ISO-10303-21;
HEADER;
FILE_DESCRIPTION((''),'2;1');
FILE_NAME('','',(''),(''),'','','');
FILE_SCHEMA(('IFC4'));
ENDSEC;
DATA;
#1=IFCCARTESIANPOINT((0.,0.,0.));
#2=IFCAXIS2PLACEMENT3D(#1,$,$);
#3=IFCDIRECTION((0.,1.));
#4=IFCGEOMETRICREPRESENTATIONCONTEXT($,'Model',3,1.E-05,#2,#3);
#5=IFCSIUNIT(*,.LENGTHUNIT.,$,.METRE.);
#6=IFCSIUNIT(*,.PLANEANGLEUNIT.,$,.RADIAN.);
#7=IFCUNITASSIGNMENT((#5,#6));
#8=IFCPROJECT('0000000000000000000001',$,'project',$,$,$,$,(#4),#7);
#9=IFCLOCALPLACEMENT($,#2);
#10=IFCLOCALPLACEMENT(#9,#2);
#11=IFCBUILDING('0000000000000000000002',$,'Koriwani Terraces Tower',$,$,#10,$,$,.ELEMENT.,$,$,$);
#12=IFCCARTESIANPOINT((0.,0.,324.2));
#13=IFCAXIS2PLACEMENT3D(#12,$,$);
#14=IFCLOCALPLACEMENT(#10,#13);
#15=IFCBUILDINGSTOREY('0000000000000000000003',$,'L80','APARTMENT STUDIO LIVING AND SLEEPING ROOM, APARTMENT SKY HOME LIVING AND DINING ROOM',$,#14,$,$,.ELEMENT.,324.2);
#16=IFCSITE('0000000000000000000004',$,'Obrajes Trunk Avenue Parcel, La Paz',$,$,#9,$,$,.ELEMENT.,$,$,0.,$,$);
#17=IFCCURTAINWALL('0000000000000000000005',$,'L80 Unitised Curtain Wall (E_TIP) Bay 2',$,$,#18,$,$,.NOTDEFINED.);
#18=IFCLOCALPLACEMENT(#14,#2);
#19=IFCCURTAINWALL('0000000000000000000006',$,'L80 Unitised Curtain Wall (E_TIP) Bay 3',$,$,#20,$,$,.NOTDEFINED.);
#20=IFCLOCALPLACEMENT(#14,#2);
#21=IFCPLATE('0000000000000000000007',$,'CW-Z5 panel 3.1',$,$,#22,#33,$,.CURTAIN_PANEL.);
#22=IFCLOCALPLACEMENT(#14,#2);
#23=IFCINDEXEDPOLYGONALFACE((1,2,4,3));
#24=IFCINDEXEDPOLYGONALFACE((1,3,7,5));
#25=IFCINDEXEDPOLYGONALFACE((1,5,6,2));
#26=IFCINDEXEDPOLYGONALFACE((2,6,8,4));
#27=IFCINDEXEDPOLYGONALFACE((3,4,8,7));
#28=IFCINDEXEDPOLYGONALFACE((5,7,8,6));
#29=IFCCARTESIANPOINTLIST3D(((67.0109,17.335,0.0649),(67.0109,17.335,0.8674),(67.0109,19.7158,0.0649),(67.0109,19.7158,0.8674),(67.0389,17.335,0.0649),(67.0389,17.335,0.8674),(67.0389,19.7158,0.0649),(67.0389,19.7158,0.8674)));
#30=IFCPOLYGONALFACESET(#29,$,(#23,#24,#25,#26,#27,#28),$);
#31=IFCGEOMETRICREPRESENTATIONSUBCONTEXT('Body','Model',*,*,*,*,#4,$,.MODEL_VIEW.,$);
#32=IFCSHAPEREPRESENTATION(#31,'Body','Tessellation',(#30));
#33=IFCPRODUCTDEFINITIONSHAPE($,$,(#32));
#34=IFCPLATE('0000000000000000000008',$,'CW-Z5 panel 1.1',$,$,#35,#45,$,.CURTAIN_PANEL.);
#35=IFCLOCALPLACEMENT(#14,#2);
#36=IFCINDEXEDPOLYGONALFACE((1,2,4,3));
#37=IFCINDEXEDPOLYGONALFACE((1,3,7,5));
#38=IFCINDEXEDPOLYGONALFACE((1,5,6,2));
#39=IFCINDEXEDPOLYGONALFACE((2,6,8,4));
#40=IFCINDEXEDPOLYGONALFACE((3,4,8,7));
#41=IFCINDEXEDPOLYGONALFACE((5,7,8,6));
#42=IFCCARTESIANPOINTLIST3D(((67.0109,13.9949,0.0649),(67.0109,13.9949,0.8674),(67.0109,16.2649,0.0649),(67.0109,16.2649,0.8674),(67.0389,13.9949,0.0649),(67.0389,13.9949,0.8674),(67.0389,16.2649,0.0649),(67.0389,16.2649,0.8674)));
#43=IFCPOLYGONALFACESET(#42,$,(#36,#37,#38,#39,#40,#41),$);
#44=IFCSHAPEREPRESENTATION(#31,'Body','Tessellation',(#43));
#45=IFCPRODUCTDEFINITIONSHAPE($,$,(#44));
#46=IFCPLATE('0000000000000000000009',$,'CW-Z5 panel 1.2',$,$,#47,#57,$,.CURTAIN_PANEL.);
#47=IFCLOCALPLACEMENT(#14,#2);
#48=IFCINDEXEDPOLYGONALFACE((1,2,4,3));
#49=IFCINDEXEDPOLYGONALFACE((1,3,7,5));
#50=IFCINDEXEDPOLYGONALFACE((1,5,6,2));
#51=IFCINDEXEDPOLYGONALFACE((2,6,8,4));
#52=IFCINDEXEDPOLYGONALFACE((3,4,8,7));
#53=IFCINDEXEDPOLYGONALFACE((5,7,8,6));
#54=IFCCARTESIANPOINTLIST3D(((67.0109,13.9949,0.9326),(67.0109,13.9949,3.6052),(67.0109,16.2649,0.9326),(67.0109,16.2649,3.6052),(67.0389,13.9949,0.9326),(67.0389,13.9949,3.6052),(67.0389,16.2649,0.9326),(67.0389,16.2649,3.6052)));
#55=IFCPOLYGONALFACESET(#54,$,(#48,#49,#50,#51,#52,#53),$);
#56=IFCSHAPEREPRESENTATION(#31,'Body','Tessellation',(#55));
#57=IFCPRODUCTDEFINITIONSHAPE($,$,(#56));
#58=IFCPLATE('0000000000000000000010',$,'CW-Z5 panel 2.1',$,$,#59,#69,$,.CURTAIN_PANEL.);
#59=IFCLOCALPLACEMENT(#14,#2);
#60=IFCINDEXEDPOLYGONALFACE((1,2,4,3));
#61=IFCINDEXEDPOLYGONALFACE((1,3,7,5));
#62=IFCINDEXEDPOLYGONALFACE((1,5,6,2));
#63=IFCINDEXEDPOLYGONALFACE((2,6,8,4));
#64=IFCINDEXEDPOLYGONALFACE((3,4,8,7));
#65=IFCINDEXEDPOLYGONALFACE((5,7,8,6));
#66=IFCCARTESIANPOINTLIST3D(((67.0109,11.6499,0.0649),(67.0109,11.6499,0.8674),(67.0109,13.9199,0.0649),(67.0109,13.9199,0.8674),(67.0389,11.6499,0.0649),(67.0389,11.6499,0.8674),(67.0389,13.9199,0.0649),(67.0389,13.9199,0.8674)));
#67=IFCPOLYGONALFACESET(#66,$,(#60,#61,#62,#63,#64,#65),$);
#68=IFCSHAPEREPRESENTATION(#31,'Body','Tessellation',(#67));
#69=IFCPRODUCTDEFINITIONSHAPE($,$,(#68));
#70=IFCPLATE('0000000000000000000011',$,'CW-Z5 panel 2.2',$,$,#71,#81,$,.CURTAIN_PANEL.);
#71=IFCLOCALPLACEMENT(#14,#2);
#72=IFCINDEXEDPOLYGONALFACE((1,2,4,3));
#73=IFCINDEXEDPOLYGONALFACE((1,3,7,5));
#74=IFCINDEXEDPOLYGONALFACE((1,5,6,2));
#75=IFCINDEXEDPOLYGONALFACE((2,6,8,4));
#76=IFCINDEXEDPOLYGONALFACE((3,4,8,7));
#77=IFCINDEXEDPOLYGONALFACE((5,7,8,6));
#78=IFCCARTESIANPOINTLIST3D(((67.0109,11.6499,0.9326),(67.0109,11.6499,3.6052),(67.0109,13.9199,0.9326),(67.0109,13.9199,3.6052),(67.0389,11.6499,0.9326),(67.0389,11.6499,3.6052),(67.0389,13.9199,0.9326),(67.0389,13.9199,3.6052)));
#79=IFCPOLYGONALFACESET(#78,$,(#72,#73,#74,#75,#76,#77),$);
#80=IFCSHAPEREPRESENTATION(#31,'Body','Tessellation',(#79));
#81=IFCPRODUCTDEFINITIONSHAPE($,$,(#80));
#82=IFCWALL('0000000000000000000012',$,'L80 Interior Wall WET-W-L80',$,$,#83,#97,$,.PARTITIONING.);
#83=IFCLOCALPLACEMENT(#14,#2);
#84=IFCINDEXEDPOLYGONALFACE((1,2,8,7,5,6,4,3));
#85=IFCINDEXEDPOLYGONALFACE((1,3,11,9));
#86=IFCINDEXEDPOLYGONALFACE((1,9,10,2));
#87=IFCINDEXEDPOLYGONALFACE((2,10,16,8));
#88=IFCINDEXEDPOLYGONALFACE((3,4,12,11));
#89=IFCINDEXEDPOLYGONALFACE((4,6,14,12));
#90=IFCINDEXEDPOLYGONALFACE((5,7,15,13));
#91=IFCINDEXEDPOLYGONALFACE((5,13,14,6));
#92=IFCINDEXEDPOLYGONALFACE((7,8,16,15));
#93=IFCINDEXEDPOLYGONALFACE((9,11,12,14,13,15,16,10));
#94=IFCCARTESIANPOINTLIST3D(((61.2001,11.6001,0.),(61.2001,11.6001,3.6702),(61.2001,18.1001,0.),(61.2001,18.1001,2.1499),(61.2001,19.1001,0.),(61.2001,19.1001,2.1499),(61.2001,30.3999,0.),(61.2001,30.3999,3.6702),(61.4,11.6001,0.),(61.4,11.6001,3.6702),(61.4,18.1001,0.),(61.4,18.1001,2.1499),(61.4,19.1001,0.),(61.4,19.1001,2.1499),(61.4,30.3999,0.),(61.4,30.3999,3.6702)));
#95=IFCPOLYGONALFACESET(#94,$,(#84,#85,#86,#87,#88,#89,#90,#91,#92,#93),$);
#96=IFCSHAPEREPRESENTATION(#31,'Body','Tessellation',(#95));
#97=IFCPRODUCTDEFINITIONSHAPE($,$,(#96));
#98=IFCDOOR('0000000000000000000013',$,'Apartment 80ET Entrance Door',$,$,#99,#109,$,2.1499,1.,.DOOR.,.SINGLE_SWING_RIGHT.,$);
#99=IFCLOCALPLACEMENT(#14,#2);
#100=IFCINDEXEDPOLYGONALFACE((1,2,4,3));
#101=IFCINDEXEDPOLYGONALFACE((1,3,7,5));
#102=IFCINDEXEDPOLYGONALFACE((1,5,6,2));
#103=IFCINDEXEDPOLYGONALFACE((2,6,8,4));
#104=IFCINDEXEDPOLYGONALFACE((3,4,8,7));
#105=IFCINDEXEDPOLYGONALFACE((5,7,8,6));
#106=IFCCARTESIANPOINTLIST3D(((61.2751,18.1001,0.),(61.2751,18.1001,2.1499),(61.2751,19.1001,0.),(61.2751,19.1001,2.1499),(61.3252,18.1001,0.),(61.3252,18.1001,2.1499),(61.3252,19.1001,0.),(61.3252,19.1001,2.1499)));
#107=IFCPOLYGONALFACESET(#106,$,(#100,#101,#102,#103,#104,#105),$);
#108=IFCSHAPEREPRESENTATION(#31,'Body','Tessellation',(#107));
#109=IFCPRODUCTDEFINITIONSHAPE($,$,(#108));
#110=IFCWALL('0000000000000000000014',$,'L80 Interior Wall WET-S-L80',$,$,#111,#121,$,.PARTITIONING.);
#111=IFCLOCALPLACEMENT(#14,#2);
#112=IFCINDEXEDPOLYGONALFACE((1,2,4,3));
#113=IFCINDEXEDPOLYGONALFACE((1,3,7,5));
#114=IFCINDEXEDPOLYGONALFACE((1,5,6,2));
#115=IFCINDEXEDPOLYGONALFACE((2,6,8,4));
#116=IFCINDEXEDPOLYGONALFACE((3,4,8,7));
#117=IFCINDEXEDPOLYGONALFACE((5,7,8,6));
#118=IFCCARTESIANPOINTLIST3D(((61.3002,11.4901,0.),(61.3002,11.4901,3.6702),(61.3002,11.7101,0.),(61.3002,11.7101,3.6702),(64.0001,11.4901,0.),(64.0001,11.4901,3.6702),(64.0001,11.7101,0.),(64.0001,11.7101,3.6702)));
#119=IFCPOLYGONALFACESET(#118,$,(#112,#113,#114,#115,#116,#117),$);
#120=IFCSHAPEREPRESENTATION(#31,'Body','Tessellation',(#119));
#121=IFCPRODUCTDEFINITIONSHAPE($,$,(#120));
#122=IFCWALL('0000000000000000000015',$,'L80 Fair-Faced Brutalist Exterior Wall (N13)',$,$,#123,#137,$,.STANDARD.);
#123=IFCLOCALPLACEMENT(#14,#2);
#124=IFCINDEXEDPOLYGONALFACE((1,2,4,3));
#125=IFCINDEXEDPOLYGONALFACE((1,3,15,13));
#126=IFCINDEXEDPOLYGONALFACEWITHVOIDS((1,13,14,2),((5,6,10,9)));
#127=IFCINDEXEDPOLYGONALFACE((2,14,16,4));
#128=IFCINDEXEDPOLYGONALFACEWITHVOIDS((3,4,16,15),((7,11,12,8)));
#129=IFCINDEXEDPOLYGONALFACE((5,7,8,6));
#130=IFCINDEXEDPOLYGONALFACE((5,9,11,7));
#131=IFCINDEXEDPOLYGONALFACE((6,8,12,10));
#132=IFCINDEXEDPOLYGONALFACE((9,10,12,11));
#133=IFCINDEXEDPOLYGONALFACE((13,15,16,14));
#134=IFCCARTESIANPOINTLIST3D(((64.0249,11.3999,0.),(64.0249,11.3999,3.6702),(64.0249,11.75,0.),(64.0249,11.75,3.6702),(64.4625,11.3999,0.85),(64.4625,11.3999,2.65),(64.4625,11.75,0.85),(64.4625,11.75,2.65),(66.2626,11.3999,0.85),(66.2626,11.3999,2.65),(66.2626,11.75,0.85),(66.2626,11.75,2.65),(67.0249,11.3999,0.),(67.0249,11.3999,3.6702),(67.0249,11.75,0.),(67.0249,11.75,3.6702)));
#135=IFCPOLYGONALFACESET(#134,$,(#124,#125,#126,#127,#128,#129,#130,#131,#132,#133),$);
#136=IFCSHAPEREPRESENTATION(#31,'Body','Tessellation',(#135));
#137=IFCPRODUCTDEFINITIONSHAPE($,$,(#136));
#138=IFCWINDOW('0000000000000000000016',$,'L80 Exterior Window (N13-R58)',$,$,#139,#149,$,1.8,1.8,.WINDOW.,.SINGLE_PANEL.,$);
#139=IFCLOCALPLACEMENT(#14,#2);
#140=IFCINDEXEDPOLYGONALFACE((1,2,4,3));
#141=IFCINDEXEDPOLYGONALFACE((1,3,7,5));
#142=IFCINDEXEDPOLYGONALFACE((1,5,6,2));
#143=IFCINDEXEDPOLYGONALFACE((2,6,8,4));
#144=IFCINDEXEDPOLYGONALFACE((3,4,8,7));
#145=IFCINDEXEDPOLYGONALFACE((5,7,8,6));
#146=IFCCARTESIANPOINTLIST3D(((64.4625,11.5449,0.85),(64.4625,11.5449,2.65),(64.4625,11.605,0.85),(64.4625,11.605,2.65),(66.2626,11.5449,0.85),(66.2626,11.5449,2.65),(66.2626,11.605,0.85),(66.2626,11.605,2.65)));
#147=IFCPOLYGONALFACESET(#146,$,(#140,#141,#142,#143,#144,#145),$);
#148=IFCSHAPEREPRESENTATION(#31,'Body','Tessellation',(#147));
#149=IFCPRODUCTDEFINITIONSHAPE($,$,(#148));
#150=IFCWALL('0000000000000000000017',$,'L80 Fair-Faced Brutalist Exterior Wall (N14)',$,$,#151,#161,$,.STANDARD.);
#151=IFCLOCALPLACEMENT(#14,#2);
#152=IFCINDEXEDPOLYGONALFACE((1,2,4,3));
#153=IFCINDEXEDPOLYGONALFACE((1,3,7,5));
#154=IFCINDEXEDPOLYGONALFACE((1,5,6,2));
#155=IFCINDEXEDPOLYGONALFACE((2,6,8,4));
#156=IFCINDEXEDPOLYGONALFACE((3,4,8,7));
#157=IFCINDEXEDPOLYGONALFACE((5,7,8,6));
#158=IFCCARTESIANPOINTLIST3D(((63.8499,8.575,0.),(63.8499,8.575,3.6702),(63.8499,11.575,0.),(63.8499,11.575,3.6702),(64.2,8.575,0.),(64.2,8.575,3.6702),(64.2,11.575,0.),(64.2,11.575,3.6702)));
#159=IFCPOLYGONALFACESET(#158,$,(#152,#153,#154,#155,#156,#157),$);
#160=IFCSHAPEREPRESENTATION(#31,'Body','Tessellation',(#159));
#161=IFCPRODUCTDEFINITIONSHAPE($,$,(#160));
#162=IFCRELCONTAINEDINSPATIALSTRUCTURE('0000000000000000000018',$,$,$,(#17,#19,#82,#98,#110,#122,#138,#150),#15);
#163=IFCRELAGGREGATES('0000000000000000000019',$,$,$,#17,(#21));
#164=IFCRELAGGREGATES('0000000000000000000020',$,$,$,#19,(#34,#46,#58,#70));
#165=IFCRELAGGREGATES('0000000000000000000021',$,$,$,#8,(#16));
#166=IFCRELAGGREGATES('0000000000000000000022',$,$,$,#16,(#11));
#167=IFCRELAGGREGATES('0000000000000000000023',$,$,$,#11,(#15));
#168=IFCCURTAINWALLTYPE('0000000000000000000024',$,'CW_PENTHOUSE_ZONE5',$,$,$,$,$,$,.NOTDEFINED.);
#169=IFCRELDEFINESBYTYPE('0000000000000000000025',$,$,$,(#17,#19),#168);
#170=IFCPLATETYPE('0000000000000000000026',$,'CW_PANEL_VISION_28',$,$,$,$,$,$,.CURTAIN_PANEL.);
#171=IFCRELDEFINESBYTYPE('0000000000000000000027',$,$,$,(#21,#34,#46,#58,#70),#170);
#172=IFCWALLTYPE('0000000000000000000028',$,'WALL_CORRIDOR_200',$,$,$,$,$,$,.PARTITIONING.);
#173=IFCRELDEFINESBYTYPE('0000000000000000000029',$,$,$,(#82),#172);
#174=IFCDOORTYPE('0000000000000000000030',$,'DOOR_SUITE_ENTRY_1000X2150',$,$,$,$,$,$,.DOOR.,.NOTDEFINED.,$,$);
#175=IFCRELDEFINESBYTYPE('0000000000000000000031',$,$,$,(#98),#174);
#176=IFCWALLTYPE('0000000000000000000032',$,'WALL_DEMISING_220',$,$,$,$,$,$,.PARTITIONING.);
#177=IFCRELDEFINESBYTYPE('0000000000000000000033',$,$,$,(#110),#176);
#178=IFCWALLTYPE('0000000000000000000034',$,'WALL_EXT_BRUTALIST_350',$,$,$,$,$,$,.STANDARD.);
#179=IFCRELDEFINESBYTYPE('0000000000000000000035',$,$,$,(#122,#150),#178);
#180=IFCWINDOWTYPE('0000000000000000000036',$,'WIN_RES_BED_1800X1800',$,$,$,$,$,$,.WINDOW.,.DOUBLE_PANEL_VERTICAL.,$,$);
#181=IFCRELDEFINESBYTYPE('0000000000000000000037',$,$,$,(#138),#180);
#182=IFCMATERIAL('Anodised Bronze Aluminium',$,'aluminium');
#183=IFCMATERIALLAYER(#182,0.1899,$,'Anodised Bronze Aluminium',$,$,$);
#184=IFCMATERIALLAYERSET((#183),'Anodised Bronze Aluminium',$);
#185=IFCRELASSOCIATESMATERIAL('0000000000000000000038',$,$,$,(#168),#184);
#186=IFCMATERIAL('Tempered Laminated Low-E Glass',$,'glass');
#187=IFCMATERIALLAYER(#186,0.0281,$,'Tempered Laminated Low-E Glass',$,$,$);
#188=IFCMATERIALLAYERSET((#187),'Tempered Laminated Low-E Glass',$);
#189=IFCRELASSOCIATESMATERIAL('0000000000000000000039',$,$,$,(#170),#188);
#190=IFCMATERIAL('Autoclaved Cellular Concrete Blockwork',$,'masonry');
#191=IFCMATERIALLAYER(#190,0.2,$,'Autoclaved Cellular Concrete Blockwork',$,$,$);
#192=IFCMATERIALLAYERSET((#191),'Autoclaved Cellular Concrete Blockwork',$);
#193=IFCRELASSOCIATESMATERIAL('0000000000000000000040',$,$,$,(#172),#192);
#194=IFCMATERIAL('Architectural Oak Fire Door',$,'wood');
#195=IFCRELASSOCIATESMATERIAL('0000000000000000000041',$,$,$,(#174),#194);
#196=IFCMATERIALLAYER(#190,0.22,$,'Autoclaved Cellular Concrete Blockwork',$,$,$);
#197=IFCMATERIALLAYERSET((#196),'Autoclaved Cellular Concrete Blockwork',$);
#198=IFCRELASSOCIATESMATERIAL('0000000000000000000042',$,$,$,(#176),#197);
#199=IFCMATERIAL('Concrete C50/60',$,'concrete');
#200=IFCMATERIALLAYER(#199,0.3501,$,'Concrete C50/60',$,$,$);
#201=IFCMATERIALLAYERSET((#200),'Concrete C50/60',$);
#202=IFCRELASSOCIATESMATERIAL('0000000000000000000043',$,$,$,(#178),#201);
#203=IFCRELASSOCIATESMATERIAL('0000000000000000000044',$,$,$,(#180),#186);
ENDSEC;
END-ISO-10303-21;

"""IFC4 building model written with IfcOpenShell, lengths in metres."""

from ifc_helpers import new_model, si_unit, direction, frame, frame_2d, origin, origin_2d, place, context, subcontext, project, spatial, rectangle, extrude, material, layer, layer_set, type_object, element, fill, aggregate, save


model = new_model("IFC4")

# Units and contexts
model_context = context("Model", 3, precision=1e-05, world=origin(), true_north=direction((0.0, 1.0)))
body_context = subcontext(model_context, "Body", "Model", "MODEL_VIEW")
ifc_project = project(units=[si_unit("LENGTHUNIT", "METRE"), si_unit("PLANEANGLEUNIT", "RADIAN")], contexts=[model_context])

# Site, building, storey
site_placement = place(None, origin())
site = spatial("IfcSite", under=ifc_project, at=site_placement, Name="Obrajes Trunk Avenue Parcel, La Paz", CompositionType="ELEMENT", RefElevation=0.0)
building_placement = place(site_placement, origin())
building = spatial("IfcBuilding", under=site, at=building_placement, Name="Koriwani Terraces Tower", CompositionType="ELEMENT")
storey_placement = place(building_placement, frame((0.0, 0.0, 324.2)))
storey = spatial("IfcBuildingStorey", under=building, at=storey_placement, Name="L80", Description="APARTMENT STUDIO LIVING AND SLEEPING ROOM, APARTMENT SKY HOME LIVING AND DINING ROOM", CompositionType="ELEMENT", Elevation=324.2)

# Shared definitions
ifc_material_1 = material(Name="Concrete C50/60", Category="concrete")

# Curtain wall
ifc_material_2 = material(Name="Anodised Bronze Aluminium", Category="aluminium")
ifc_layer_1 = layer(ifc_material_2, 0.1899, Name="Anodised Bronze Aluminium")
ifc_layer_set_1 = layer_set([ifc_layer_1], Name="Anodised Bronze Aluminium")
curtain_wall_type = type_object("IfcCurtainWallType", Name="CW_PENTHOUSE_ZONE5", PredefinedType="NOTDEFINED", material=ifc_layer_set_1)
curtain_wall_1_placement = place(storey_placement, origin())
curtain_wall_1 = element("IfcCurtainWall", 1, at=curtain_wall_1_placement, inside=storey, type_object=curtain_wall_type, Name="L80 Unitised Curtain Wall (E_TIP) Bay 2", PredefinedType="NOTDEFINED")

# Curtain wall
curtain_wall_2_placement = place(storey_placement, origin())
curtain_wall_2 = element("IfcCurtainWall", 2, at=curtain_wall_2_placement, inside=storey, type_object=curtain_wall_type, Name="L80 Unitised Curtain Wall (E_TIP) Bay 3", PredefinedType="NOTDEFINED")

# Plates
ifc_material_3 = material(Name="Tempered Laminated Low-E Glass", Category="glass")
ifc_layer_2 = layer(ifc_material_3, 0.0281, Name="Tempered Laminated Low-E Glass")
ifc_layer_set_2 = layer_set([ifc_layer_2], Name="Tempered Laminated Low-E Glass")
plate_type = type_object("IfcPlateType", Name="CW_PANEL_VISION_28", PredefinedType="CURTAIN_PANEL", material=ifc_layer_set_2)
plate_1_placement = place(storey_placement, frame((67.0249, 18.5254, 0.0649), z_axis=(0.0, 0.0, 1.0), x_axis=(0.0, -1.0, 0.0)))
plate_1 = element("IfcPlate", 3, at=plate_1_placement, type_object=plate_type, Name="CW-Z5 panel 3.1", PredefinedType="CURTAIN_PANEL", context=body_context, shape_type="SweptSolid", body=[
    extrude(rectangle(XDim=2.3809, YDim=0.0281, at=origin_2d()), origin(), (0.0, 0.0, 1.0), 0.8025),
])
aggregate(curtain_wall_1, [plate_1])
plate_2_placement = place(storey_placement, frame((67.0249, 15.1299, 0.0649), z_axis=(0.0, 0.0, 1.0), x_axis=(0.0, -1.0, 0.0)))
plate_2 = element("IfcPlate", 4, at=plate_2_placement, type_object=plate_type, Name="CW-Z5 panel 1.1", PredefinedType="CURTAIN_PANEL", context=body_context, shape_type="SweptSolid", body=[
    extrude(rectangle(XDim=2.27, YDim=0.0281, at=origin_2d()), origin(), (0.0, 0.0, 1.0), 0.8025),
])
plate_3_placement = place(storey_placement, frame((67.0249, 15.1299, 0.9326), z_axis=(0.0, 0.0, 1.0), x_axis=(0.0, -1.0, 0.0)))
plate_3 = element("IfcPlate", 5, at=plate_3_placement, type_object=plate_type, Name="CW-Z5 panel 1.2", PredefinedType="CURTAIN_PANEL", context=body_context, shape_type="SweptSolid", body=[
    extrude(rectangle(XDim=2.27, YDim=0.0281, at=origin_2d()), origin(), (0.0, 0.0, 1.0), 2.6726),
])
plate_4_placement = place(storey_placement, frame((67.0249, 12.7849, 0.0649), z_axis=(0.0, 0.0, 1.0), x_axis=(0.0, -1.0, 0.0)))
plate_4 = element("IfcPlate", 6, at=plate_4_placement, type_object=plate_type, Name="CW-Z5 panel 2.1", PredefinedType="CURTAIN_PANEL", context=body_context, shape_type="SweptSolid", body=[
    extrude(rectangle(XDim=2.27, YDim=0.0281, at=origin_2d()), origin(), (0.0, 0.0, 1.0), 0.8025),
])
plate_5_placement = place(storey_placement, frame((67.0249, 12.7849, 0.9326), z_axis=(0.0, 0.0, 1.0), x_axis=(0.0, -1.0, 0.0)))
plate_5 = element("IfcPlate", 7, at=plate_5_placement, type_object=plate_type, Name="CW-Z5 panel 2.2", PredefinedType="CURTAIN_PANEL", context=body_context, shape_type="SweptSolid", body=[
    extrude(rectangle(XDim=2.27, YDim=0.0281, at=origin_2d()), origin(), (0.0, 0.0, 1.0), 2.6726),
])
aggregate(curtain_wall_2, [plate_2, plate_3, plate_4, plate_5])

# Wall, opening, door
ifc_material_4 = material(Name="Autoclaved Cellular Concrete Blockwork", Category="masonry")
ifc_layer_3 = layer(ifc_material_4, 0.2, Name="Autoclaved Cellular Concrete Blockwork")
ifc_layer_set_3 = layer_set([ifc_layer_3], Name="Autoclaved Cellular Concrete Blockwork")
wall_type_1 = type_object("IfcWallType", Name="WALL_CORRIDOR_200", PredefinedType="PARTITIONING", material=ifc_layer_set_3)
wall_1_placement = place(storey_placement, frame((61.3, 11.6001, 0.0), z_axis=(0.0, 0.0, 1.0), x_axis=(0.0, 1.0, 0.0)))
wall_1 = element("IfcWall", 8, at=wall_1_placement, inside=storey, type_object=wall_type_1, Name="L80 Interior Wall WET-W-L80", PredefinedType="PARTITIONING", context=body_context, shape_type="SweptSolid", body=[
    extrude(rectangle(XDim=18.7998, YDim=0.2, at=frame_2d((9.3999, 0.0))), origin(), (0.0, 0.0, 1.0), 3.6702),
])
opening_1_placement = place(wall_1_placement, frame((6.5, 0.0, 0.0)))
opening_1 = element("IfcOpeningElement", 9, at=opening_1_placement, cuts=wall_1, PredefinedType="OPENING", context=body_context, shape_type="SweptSolid", body=[
    extrude(rectangle(XDim=1.0, YDim=2.1499, at=frame_2d((0.5, 1.075))), frame((0.0, 0.1099, 0.0), z_axis=(0.0, -1.0, 0.0), x_axis=(1.0, 0.0, 0.0)), (0.0, 0.0, 1.0), 0.22),
])
ifc_material_5 = material(Name="Architectural Oak Fire Door", Category="wood")
door_type_1 = type_object("IfcDoorType", Name="DOOR_SUITE_ENTRY_1000X2150", OperationType="NOTDEFINED", PredefinedType="DOOR", material=ifc_material_5)
door_1_placement = place(opening_1_placement, origin())
door_1 = element("IfcDoor", 10, at=door_1_placement, inside=storey, type_object=door_type_1, Name="Apartment 80ET Entrance Door", OperationType="SINGLE_SWING_RIGHT", OverallHeight=2.1499, OverallWidth=1.0, PredefinedType="DOOR", context=body_context, shape_type="SweptSolid", body=[
    extrude(rectangle(XDim=1.0, YDim=2.1499, at=frame_2d((0.5, 1.075))), frame((0.0, 0.0249, 0.0), z_axis=(0.0, -1.0, 0.0), x_axis=(1.0, 0.0, 0.0)), (0.0, 0.0, 1.0), 0.05),
])
fill(opening_1, door_1)

# Wall
ifc_layer_4 = layer(ifc_material_4, 0.22, Name="Autoclaved Cellular Concrete Blockwork")
ifc_layer_set_4 = layer_set([ifc_layer_4], Name="Autoclaved Cellular Concrete Blockwork")
wall_type_2 = type_object("IfcWallType", Name="WALL_DEMISING_220", PredefinedType="PARTITIONING", material=ifc_layer_set_4)
wall_2_placement = place(storey_placement, frame((61.3, 11.6001, 0.0), z_axis=(0.0, 0.0, 1.0), x_axis=(1.0, 0.0, 0.0)))
element("IfcWall", 11, at=wall_2_placement, inside=storey, type_object=wall_type_2, Name="L80 Interior Wall WET-S-L80", PredefinedType="PARTITIONING", context=body_context, shape_type="SweptSolid", body=[
    extrude(rectangle(XDim=2.7, YDim=0.22, at=frame_2d((1.3501, 0.0))), origin(), (0.0, 0.0, 1.0), 3.6702),
])

# Wall, opening, window
ifc_layer_5 = layer(ifc_material_1, 0.3501, Name="Concrete C50/60")
ifc_layer_set_5 = layer_set([ifc_layer_5], Name="Concrete C50/60")
wall_type_3 = type_object("IfcWallType", Name="WALL_EXT_BRUTALIST_350", PredefinedType="STANDARD", material=ifc_layer_set_5)
wall_3_placement = place(storey_placement, frame((67.0249, 11.575, 0.0), z_axis=(0.0, 0.0, 1.0), x_axis=(-1.0, 0.0, 0.0)))
wall_3 = element("IfcWall", 12, at=wall_3_placement, inside=storey, type_object=wall_type_3, Name="L80 Fair-Faced Brutalist Exterior Wall (N13)", PredefinedType="STANDARD", context=body_context, shape_type="SweptSolid", body=[
    extrude(rectangle(XDim=3.0, YDim=0.3501, at=frame_2d((1.5, 0.0))), origin(), (0.0, 0.0, 1.0), 3.6702),
])
opening_2_placement = place(wall_3_placement, frame((0.7625, 0.0, 0.8501)))
opening_2 = element("IfcOpeningElement", 13, at=opening_2_placement, cuts=wall_3, PredefinedType="OPENING", context=body_context, shape_type="SweptSolid", body=[
    extrude(rectangle(XDim=1.8, YDim=1.8, at=frame_2d((0.8999, 0.8999))), frame((0.0, 0.1851, 0.0), z_axis=(0.0, -1.0, 0.0), x_axis=(1.0, 0.0, 0.0)), (0.0, 0.0, 1.0), 0.3701),
])
window_type_1 = type_object("IfcWindowType", Name="WIN_RES_BED_1800X1800", PartitioningType="DOUBLE_PANEL_VERTICAL", PredefinedType="WINDOW", material=ifc_material_3)
window_1_placement = place(opening_2_placement, origin())
window_1 = element("IfcWindow", 14, at=window_1_placement, inside=storey, type_object=window_type_1, Name="L80 Exterior Window (N13-R58)", OverallHeight=1.8, OverallWidth=1.8, PartitioningType="SINGLE_PANEL", PredefinedType="WINDOW", context=body_context, shape_type="SweptSolid", body=[
    extrude(rectangle(XDim=1.8, YDim=1.8, at=frame_2d((0.8999, 0.8999))), frame((0.0, 0.03, 0.0), z_axis=(0.0, -1.0, 0.0), x_axis=(1.0, 0.0, 0.0)), (0.0, 0.0, 1.0), 0.0601),
])
fill(opening_2, window_1)

# Wall
wall_4_placement = place(storey_placement, frame((64.0249, 11.575, 0.0), z_axis=(0.0, 0.0, 1.0), x_axis=(0.0, -1.0, 0.0)))
element("IfcWall", 15, at=wall_4_placement, inside=storey, type_object=wall_type_3, Name="L80 Fair-Faced Brutalist Exterior Wall (N14)", PredefinedType="STANDARD", context=body_context, shape_type="SweptSolid", body=[
    extrude(rectangle(XDim=3.0, YDim=0.3501, at=frame_2d((1.5, 0.0))), origin(), (0.0, 0.0, 1.0), 3.6702),
])

save(model, "model.ifc")
